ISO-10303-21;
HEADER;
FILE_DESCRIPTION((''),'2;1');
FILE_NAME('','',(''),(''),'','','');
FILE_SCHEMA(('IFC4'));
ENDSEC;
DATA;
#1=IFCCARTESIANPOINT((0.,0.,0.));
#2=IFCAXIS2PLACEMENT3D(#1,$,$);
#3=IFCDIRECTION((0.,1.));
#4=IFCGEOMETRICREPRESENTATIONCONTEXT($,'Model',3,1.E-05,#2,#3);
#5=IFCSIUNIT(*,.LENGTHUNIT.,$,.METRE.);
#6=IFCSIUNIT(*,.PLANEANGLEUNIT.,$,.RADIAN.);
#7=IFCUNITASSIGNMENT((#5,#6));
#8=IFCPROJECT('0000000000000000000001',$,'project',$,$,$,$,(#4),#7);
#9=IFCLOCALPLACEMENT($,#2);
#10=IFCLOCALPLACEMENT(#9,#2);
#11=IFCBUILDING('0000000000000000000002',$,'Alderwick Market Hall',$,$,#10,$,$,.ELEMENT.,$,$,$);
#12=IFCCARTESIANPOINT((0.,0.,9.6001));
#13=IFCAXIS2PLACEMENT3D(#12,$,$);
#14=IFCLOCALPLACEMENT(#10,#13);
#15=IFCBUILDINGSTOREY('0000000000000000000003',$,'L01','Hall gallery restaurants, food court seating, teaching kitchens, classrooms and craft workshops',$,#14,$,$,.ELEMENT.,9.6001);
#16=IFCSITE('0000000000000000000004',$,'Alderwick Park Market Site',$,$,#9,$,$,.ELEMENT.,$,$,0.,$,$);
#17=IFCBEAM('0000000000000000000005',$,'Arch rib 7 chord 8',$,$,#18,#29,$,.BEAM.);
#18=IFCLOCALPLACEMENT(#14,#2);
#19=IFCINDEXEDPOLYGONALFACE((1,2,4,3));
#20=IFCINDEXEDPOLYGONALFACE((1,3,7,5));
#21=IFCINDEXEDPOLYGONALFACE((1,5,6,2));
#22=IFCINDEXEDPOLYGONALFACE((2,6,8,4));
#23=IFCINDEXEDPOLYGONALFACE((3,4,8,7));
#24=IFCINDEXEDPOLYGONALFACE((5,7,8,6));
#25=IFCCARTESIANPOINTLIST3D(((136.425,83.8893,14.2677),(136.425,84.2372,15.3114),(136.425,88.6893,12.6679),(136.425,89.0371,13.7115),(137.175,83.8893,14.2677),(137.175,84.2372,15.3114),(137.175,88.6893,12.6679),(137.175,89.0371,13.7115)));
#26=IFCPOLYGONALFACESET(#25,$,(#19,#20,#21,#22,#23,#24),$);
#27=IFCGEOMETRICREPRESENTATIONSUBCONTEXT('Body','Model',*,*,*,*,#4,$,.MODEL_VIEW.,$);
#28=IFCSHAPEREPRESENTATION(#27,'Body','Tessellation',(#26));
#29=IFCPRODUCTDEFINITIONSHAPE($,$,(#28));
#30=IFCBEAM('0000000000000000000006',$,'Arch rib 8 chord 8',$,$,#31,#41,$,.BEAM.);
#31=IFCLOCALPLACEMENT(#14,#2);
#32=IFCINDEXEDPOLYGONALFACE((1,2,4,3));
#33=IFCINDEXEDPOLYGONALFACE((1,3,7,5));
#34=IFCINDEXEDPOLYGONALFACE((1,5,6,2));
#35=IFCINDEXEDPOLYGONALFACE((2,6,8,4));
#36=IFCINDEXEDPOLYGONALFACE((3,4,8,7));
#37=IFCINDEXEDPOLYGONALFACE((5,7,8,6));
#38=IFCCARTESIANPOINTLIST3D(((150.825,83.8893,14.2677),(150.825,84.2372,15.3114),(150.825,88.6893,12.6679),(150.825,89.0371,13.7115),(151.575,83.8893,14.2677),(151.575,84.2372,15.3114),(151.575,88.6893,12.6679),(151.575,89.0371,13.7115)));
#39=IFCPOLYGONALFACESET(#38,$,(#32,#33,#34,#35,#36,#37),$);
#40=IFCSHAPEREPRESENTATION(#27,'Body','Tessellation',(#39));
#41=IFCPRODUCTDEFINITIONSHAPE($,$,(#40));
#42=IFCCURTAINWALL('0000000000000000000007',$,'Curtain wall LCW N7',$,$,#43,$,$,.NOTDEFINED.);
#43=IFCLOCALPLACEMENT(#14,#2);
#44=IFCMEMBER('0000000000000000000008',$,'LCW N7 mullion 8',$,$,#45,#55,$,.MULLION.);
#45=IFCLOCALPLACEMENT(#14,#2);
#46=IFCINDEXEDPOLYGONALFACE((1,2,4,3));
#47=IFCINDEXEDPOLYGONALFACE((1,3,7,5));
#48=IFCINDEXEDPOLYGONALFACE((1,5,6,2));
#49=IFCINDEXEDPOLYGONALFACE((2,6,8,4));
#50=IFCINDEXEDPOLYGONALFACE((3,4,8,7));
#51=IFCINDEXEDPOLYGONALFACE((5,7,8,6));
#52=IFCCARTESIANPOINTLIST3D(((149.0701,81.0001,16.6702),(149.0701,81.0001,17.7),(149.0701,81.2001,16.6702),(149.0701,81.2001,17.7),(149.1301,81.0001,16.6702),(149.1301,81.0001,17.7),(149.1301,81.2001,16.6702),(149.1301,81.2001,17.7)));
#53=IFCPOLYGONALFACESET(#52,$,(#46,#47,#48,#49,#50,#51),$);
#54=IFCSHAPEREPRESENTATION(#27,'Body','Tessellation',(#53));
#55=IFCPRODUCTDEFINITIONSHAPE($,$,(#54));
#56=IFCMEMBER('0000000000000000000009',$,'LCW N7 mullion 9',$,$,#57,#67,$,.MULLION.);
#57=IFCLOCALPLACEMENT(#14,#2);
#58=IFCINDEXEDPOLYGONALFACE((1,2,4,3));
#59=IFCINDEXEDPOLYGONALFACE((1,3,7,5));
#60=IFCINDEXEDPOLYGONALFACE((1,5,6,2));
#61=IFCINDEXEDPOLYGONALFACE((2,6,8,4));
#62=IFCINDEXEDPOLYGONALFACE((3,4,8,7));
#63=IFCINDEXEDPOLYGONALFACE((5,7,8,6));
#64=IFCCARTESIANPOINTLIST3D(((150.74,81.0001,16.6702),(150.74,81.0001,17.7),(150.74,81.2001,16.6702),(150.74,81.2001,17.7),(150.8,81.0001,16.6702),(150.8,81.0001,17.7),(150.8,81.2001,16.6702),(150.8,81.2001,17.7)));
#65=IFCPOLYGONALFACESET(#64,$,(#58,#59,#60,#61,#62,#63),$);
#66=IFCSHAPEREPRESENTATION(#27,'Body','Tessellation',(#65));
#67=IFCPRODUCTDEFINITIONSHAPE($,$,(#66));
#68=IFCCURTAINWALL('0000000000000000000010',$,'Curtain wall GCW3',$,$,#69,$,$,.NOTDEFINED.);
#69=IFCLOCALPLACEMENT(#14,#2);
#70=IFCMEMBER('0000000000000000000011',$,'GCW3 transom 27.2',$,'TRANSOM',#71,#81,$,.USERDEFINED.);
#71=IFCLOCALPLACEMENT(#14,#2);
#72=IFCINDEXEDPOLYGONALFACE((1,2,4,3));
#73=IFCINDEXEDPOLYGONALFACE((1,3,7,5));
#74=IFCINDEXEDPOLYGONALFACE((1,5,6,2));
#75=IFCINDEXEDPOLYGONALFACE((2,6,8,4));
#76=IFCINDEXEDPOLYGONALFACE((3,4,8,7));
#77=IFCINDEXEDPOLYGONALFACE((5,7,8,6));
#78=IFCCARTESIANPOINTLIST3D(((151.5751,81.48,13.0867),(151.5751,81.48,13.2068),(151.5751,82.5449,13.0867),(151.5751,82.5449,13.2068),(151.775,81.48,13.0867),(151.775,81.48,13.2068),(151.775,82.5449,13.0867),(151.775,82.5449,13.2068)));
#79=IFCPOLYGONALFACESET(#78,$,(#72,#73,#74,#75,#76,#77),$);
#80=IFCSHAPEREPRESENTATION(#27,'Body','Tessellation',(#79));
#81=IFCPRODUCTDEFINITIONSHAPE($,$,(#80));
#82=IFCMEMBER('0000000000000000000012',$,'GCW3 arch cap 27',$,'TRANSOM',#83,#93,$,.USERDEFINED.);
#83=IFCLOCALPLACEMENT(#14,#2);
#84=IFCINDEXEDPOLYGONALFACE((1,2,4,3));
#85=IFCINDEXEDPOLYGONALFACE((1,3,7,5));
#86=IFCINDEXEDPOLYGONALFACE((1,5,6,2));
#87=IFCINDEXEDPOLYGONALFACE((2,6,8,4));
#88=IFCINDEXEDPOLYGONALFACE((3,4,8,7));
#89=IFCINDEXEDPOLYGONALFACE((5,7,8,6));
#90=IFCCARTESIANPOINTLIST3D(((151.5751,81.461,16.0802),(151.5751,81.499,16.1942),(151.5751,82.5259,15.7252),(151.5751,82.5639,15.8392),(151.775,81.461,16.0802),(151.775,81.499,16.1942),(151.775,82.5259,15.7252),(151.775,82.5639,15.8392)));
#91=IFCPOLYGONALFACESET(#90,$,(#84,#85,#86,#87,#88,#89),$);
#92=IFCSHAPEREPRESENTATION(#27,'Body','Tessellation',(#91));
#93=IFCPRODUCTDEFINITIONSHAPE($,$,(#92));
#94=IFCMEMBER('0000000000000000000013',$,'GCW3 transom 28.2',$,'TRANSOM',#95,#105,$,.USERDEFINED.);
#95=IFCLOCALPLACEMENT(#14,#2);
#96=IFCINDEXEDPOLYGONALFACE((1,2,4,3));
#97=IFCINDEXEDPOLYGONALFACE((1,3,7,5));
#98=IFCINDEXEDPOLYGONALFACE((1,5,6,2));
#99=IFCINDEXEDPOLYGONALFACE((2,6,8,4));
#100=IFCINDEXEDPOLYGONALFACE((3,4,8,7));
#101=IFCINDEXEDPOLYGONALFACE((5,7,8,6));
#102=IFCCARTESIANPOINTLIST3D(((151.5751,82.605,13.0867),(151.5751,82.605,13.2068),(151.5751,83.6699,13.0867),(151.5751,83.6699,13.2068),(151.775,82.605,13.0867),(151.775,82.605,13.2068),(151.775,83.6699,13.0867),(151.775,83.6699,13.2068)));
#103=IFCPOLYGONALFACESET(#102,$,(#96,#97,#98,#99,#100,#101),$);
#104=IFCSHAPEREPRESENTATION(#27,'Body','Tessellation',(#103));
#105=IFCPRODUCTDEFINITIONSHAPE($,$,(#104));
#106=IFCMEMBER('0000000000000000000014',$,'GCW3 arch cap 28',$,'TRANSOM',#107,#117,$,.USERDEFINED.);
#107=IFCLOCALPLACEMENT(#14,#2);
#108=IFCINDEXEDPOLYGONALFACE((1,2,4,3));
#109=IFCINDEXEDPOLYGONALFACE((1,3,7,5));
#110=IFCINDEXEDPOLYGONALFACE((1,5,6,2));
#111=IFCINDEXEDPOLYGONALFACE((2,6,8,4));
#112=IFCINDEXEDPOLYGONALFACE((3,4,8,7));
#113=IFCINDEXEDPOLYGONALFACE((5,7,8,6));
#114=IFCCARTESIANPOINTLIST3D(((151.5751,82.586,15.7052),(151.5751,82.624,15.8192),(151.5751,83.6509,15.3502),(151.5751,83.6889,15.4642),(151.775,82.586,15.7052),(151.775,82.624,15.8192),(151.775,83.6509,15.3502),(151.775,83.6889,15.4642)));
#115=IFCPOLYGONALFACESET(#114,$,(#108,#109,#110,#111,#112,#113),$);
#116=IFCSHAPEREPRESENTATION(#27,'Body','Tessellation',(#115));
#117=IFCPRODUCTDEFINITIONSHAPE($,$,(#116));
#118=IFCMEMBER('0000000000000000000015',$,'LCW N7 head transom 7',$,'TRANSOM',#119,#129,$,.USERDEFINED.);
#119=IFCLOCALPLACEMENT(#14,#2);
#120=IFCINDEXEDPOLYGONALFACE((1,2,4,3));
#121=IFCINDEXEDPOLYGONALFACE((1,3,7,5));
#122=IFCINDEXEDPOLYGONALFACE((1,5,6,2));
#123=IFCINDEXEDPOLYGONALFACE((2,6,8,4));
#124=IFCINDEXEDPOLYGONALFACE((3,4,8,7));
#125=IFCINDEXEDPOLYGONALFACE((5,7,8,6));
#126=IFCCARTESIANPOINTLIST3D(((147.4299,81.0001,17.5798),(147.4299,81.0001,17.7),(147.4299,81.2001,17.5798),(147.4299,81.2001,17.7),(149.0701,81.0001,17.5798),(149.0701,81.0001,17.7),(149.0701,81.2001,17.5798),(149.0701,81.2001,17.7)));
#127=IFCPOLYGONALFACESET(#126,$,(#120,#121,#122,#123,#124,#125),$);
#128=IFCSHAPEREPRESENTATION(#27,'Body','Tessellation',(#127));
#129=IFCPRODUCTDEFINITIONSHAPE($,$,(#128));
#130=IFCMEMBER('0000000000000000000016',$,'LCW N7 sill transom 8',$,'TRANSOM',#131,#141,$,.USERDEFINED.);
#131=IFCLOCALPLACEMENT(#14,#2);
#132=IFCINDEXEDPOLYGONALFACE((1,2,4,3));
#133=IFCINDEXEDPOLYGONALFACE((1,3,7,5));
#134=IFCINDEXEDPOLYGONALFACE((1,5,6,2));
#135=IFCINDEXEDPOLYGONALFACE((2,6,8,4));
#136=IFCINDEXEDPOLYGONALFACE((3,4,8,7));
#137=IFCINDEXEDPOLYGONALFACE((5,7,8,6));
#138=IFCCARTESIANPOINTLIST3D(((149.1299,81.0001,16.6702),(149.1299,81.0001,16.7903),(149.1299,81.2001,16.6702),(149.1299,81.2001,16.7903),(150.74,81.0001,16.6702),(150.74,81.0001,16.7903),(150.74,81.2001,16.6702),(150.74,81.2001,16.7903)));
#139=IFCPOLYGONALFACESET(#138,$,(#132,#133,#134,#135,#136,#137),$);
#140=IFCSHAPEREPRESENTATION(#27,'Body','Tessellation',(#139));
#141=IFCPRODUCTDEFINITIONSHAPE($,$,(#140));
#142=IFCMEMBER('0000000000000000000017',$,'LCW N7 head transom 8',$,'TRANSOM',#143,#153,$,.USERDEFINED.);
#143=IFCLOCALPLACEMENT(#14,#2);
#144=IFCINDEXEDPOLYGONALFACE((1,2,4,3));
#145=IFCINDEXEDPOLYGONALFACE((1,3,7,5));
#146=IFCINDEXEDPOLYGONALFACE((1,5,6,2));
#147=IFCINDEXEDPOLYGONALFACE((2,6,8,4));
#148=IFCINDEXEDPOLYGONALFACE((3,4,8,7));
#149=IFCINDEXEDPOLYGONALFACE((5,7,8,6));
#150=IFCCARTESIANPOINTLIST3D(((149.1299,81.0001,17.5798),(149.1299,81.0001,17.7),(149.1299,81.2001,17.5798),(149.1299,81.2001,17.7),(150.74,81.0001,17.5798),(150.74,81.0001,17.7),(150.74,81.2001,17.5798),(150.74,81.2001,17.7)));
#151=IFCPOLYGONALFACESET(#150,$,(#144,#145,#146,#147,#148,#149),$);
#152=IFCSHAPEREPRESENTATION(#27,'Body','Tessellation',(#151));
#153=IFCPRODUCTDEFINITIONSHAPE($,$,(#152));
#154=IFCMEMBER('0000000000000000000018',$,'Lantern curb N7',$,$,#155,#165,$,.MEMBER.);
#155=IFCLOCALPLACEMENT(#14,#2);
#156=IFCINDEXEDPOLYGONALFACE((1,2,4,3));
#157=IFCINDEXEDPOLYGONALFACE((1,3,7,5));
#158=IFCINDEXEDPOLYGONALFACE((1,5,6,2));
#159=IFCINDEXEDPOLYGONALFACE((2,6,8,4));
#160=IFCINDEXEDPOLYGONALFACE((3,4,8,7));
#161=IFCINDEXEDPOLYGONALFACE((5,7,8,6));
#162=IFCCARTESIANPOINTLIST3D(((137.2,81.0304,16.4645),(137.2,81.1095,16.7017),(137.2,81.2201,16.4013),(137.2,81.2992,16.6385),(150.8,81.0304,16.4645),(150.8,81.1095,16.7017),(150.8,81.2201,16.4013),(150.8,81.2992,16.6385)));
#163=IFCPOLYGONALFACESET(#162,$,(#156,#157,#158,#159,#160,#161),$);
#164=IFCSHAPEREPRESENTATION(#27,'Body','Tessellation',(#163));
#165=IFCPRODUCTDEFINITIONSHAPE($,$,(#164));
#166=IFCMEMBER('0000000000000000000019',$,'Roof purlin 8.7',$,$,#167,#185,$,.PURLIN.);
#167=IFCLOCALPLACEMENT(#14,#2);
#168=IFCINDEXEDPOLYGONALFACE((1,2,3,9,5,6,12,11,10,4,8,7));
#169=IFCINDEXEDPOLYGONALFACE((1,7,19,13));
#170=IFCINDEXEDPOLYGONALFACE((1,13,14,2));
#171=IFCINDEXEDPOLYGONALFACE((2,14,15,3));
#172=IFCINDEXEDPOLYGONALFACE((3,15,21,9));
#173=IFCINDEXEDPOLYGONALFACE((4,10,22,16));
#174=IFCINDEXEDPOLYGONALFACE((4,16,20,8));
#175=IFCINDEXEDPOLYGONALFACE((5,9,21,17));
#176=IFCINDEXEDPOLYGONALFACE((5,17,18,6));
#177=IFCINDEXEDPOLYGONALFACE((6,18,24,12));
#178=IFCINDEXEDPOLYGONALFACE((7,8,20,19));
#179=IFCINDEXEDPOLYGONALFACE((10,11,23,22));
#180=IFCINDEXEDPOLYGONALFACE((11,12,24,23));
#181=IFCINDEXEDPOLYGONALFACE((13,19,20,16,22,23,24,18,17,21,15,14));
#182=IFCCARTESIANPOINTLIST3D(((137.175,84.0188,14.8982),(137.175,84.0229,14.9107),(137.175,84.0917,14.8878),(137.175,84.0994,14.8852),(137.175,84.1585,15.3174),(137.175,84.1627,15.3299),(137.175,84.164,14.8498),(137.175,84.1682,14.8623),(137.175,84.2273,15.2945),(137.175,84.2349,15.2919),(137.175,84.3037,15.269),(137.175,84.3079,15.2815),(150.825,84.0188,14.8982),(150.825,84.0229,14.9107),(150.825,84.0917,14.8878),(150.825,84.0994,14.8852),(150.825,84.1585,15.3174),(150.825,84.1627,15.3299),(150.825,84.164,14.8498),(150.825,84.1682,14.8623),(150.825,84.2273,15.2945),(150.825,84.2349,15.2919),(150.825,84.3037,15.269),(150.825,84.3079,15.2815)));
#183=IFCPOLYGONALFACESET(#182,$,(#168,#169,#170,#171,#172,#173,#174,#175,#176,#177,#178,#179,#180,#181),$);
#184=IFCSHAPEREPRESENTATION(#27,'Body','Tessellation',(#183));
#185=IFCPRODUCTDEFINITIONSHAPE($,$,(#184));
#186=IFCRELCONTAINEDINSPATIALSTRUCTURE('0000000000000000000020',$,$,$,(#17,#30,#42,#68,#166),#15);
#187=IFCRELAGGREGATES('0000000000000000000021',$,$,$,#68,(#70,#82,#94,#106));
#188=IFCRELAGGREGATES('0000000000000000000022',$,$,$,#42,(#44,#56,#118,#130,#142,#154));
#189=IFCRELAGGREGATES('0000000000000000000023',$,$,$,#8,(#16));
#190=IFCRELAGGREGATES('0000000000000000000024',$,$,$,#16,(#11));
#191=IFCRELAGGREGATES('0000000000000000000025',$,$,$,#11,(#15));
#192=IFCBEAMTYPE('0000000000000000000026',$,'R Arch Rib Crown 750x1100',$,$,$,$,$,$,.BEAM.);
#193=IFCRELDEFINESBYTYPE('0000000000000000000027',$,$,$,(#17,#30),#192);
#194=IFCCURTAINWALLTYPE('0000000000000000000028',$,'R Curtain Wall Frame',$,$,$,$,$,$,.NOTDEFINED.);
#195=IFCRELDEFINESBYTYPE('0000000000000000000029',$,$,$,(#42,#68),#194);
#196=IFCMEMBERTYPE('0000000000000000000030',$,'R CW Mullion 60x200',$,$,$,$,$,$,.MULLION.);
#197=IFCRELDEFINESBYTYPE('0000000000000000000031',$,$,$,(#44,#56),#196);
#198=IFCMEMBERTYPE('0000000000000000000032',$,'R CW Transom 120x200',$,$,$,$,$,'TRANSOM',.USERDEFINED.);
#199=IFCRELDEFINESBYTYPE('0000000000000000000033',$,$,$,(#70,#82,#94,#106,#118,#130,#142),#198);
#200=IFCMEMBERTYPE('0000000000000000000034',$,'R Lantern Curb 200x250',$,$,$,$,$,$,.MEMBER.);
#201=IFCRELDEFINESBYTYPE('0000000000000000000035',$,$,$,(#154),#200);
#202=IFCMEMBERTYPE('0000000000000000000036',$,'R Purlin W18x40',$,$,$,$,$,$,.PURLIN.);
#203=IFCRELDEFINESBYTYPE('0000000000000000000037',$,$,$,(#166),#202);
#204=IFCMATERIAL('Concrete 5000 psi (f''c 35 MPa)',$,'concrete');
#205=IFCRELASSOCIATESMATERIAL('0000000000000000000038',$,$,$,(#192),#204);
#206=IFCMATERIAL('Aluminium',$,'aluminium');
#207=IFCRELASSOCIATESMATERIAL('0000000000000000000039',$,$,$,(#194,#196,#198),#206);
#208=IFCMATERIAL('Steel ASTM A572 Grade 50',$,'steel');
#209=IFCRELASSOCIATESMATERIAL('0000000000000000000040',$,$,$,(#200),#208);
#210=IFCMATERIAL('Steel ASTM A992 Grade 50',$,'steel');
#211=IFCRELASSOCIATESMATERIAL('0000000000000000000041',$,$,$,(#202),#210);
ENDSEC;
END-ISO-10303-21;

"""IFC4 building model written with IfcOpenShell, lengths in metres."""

from ifc_helpers import new_model, si_unit, direction, frame, origin, origin_2d, place, context, subcontext, project, spatial, rectangle, i_section, extrude, material, material_profile, profile_set, type_object, element, aggregate, save


model = new_model("IFC4")

# Units and contexts
model_context = context("Model", 3, precision=1e-05, world=origin(), true_north=direction((0.0, 1.0)))
body_context = subcontext(model_context, "Body", "Model", "MODEL_VIEW")
ifc_project = project(units=[si_unit("LENGTHUNIT", "METRE"), si_unit("PLANEANGLEUNIT", "RADIAN")], contexts=[model_context])

# Site, building, storey
site_placement = place(None, origin())
site = spatial("IfcSite", under=ifc_project, at=site_placement, Name="Alderwick Park Market Site", CompositionType="ELEMENT", RefElevation=0.0)
building_placement = place(site_placement, origin())
building = spatial("IfcBuilding", under=site, at=building_placement, Name="Alderwick Market Hall", CompositionType="ELEMENT")
storey_placement = place(building_placement, frame((0.0, 0.0, 9.6001)))
storey = spatial("IfcBuildingStorey", under=building, at=storey_placement, Name="L01", Description="Hall gallery restaurants, food court seating, teaching kitchens, classrooms and craft workshops", CompositionType="ELEMENT", Elevation=9.6001)

# Beams
ifc_material_1 = material(Name="Concrete 5000 psi (f'c 35 MPa)", Category="concrete")
ifc_material_profile_1 = material_profile(ifc_material_1, rectangle(XDim=0.75, YDim=1.1001, at=origin_2d()), Name="RC 750x1100")
ifc_profile_set_1 = profile_set([ifc_material_profile_1], Name="Concrete 5000 psi (f'c 35 MPa)")
beam_type = type_object("IfcBeamType", Name="R Arch Rib Crown 750x1100", PredefinedType="BEAM", material=ifc_profile_set_1)
for number, where, z_axis, x_axis, name in (
    (1, (136.8, 84.0632, 14.7896), (0.0, 0.948693, -0.316199), (-1.0, 0.0, 0.0), "Arch rib 7 chord 8"),
    (2, (151.2, 84.0632, 14.7896), (0.0, 0.948693, -0.316199), (-1.0, 0.0, 0.0), "Arch rib 8 chord 8"),
):
    element("IfcBeam", number, at=place(storey_placement, frame(where, z_axis=z_axis, x_axis=x_axis)), inside=storey, type_object=beam_type, Name=name, PredefinedType="BEAM", context=body_context, shape_type="SweptSolid", body=[
        extrude(rectangle(XDim=0.75, YDim=1.1001, at=origin_2d()), origin(), (0.0, 0.0, 1.0), 5.0596),
    ])

# Curtain walls, members
ifc_material_2 = material(Name="Aluminium", Category="aluminium")
curtain_wall_type = type_object("IfcCurtainWallType", Name="R Curtain Wall Frame", PredefinedType="NOTDEFINED", material=ifc_material_2)
curtain_wall_1_placement = place(storey_placement, origin())
curtain_wall_1 = element("IfcCurtainWall", 3, at=curtain_wall_1_placement, inside=storey, type_object=curtain_wall_type, Name="Curtain wall LCW N7", PredefinedType="NOTDEFINED")
ifc_material_profile_2 = material_profile(ifc_material_2, rectangle(XDim=0.2, YDim=0.0601, at=origin_2d()), Name="AL 60x200")
ifc_profile_set_2 = profile_set([ifc_material_profile_2], Name="Aluminium")
member_type_1 = type_object("IfcMemberType", Name="R CW Mullion 60x200", PredefinedType="MULLION", material=ifc_profile_set_2)
member_1_placement = place(storey_placement, frame((149.1001, 81.1001, 16.6702), z_axis=(0.0, 0.0, 1.0), x_axis=(0.0, 1.0, 0.0)))
member_1 = element("IfcMember", 4, at=member_1_placement, type_object=member_type_1, Name="LCW N7 mullion 8", PredefinedType="MULLION", context=body_context, shape_type="SweptSolid", body=[
    extrude(rectangle(XDim=0.2, YDim=0.0601, at=origin_2d()), origin(), (0.0, 0.0, 1.0), 1.0298),
])
member_2_placement = place(storey_placement, frame((150.77, 81.1001, 16.6702), z_axis=(0.0, 0.0, 1.0), x_axis=(0.0, 1.0, 0.0)))
member_2 = element("IfcMember", 5, at=member_2_placement, type_object=member_type_1, Name="LCW N7 mullion 9", PredefinedType="MULLION", context=body_context, shape_type="SweptSolid", body=[
    extrude(rectangle(XDim=0.2, YDim=0.0601, at=origin_2d()), origin(), (0.0, 0.0, 1.0), 1.0298),
])
curtain_wall_2_placement = place(storey_placement, origin())
curtain_wall_2 = element("IfcCurtainWall", 6, at=curtain_wall_2_placement, inside=storey, type_object=curtain_wall_type, Name="Curtain wall GCW3", PredefinedType="NOTDEFINED")
ifc_material_profile_3 = material_profile(ifc_material_2, rectangle(XDim=0.2, YDim=0.1201, at=origin_2d()), Name="AL 120x200")
ifc_profile_set_3 = profile_set([ifc_material_profile_3], Name="Aluminium")
member_type_2 = type_object("IfcMemberType", Name="R CW Transom 120x200", ElementType="TRANSOM", PredefinedType="USERDEFINED", material=ifc_profile_set_3)
member_3_placement = place(storey_placement, frame((151.675, 81.48, 13.1467), z_axis=(0.0, 1.0, 0.0), x_axis=(-1.0, 0.0, 0.0)))
member_3 = element("IfcMember", 7, at=member_3_placement, type_object=member_type_2, Name="GCW3 transom 27.2", ObjectType="TRANSOM", PredefinedType="USERDEFINED", context=body_context, shape_type="SweptSolid", body=[
    extrude(rectangle(XDim=0.2, YDim=0.1201, at=origin_2d()), origin(), (0.0, 0.0, 1.0), 1.0649),
])
member_4_placement = place(storey_placement, frame((151.675, 81.48, 16.1372), z_axis=(0.0, 0.948683, -0.316228), x_axis=(-1.0, 0.0, 0.0)))
member_4 = element("IfcMember", 8, at=member_4_placement, type_object=member_type_2, Name="GCW3 arch cap 27", ObjectType="TRANSOM", PredefinedType="USERDEFINED", context=body_context, shape_type="SweptSolid", body=[
    extrude(rectangle(XDim=0.2, YDim=0.1201, at=origin_2d()), origin(), (0.0, 0.0, 1.0), 1.1226),
])
member_5_placement = place(storey_placement, frame((151.675, 82.605, 13.1467), z_axis=(0.0, 1.0, 0.0), x_axis=(-1.0, 0.0, 0.0)))
member_5 = element("IfcMember", 9, at=member_5_placement, type_object=member_type_2, Name="GCW3 transom 28.2", ObjectType="TRANSOM", PredefinedType="USERDEFINED", context=body_context, shape_type="SweptSolid", body=[
    extrude(rectangle(XDim=0.2, YDim=0.1201, at=origin_2d()), origin(), (0.0, 0.0, 1.0), 1.0649),
])
member_6_placement = place(storey_placement, frame((151.675, 82.605, 15.7622), z_axis=(0.0, 0.948683, -0.316228), x_axis=(-1.0, 0.0, 0.0)))
member_6 = element("IfcMember", 10, at=member_6_placement, type_object=member_type_2, Name="GCW3 arch cap 28", ObjectType="TRANSOM", PredefinedType="USERDEFINED", context=body_context, shape_type="SweptSolid", body=[
    extrude(rectangle(XDim=0.2, YDim=0.1201, at=origin_2d()), origin(), (0.0, 0.0, 1.0), 1.1226),
])

# Members
member_7_placement = place(storey_placement, frame((147.4299, 81.1001, 17.6399), z_axis=(1.0, 0.0, 0.0), x_axis=(0.0, 1.0, 0.0)))
member_7 = element("IfcMember", 11, at=member_7_placement, type_object=member_type_2, Name="LCW N7 head transom 7", ObjectType="TRANSOM", PredefinedType="USERDEFINED", context=body_context, shape_type="SweptSolid", body=[
    extrude(rectangle(XDim=0.2, YDim=0.1201, at=origin_2d()), origin(), (0.0, 0.0, 1.0), 1.6401),
])
member_8_placement = place(storey_placement, frame((149.1299, 81.1001, 16.7302), z_axis=(1.0, 0.0, 0.0), x_axis=(0.0, 1.0, 0.0)))
member_8 = element("IfcMember", 12, at=member_8_placement, type_object=member_type_2, Name="LCW N7 sill transom 8", ObjectType="TRANSOM", PredefinedType="USERDEFINED", context=body_context, shape_type="SweptSolid", body=[
    extrude(rectangle(XDim=0.2, YDim=0.1201, at=origin_2d()), origin(), (0.0, 0.0, 1.0), 1.6101),
])
member_9_placement = place(storey_placement, frame((149.1299, 81.1001, 17.6399), z_axis=(1.0, 0.0, 0.0), x_axis=(0.0, 1.0, 0.0)))
member_9 = element("IfcMember", 13, at=member_9_placement, type_object=member_type_2, Name="LCW N7 head transom 8", ObjectType="TRANSOM", PredefinedType="USERDEFINED", context=body_context, shape_type="SweptSolid", body=[
    extrude(rectangle(XDim=0.2, YDim=0.1201, at=origin_2d()), origin(), (0.0, 0.0, 1.0), 1.6101),
])
ifc_material_3 = material(Name="Steel ASTM A572 Grade 50", Category="steel")
ifc_material_profile_4 = material_profile(ifc_material_3, rectangle(XDim=0.2, YDim=0.25, at=origin_2d()), Name="Steel plate curb 200x250")
ifc_profile_set_4 = profile_set([ifc_material_profile_4], Name="Steel ASTM A572 Grade 50")
member_type_3 = type_object("IfcMemberType", Name="R Lantern Curb 200x250", PredefinedType="MEMBER", material=ifc_profile_set_4)
member_10_placement = place(storey_placement, frame((137.2, 81.1648, 16.5515), z_axis=(1.0, 0.0, 0.0), x_axis=(0.0, 0.948683, -0.316228)))
member_10 = element("IfcMember", 14, at=member_10_placement, type_object=member_type_3, Name="Lantern curb N7", PredefinedType="MEMBER", context=body_context, shape_type="SweptSolid", body=[
    extrude(rectangle(XDim=0.2, YDim=0.25, at=origin_2d()), origin(), (0.0, 0.0, 1.0), 13.6001),
])
ifc_material_4 = material(Name="Steel ASTM A992 Grade 50", Category="steel")
ifc_material_profile_5 = material_profile(ifc_material_4, i_section(OverallWidth=0.1531, OverallDepth=0.4551, WebThickness=0.0081, FlangeThickness=0.0132, at=origin_2d()), Name="W18x40")
ifc_profile_set_5 = profile_set([ifc_material_profile_5], Name="Steel ASTM A992 Grade 50")
member_type_4 = type_object("IfcMemberType", Name="R Purlin W18x40", PredefinedType="PURLIN", material=ifc_profile_set_5)
member_11_placement = place(storey_placement, frame((137.175, 84.1633, 15.0898), z_axis=(1.0, 0.0, 0.0), x_axis=(0.0, 0.948683, -0.316228)))
element("IfcMember", 15, at=member_11_placement, inside=storey, type_object=member_type_4, Name="Roof purlin 8.7", PredefinedType="PURLIN", context=body_context, shape_type="SweptSolid", body=[
    extrude(i_section(OverallWidth=0.1531, OverallDepth=0.4551, WebThickness=0.0081, FlangeThickness=0.0132, at=origin_2d()), origin(), (0.0, 0.0, 1.0), 13.6499),
])

aggregate(curtain_wall_2, [member_3, member_4, member_5, member_6])
aggregate(curtain_wall_1, [member_1, member_2, member_7, member_8, member_9, member_10])

save(model, "model.ifc")
